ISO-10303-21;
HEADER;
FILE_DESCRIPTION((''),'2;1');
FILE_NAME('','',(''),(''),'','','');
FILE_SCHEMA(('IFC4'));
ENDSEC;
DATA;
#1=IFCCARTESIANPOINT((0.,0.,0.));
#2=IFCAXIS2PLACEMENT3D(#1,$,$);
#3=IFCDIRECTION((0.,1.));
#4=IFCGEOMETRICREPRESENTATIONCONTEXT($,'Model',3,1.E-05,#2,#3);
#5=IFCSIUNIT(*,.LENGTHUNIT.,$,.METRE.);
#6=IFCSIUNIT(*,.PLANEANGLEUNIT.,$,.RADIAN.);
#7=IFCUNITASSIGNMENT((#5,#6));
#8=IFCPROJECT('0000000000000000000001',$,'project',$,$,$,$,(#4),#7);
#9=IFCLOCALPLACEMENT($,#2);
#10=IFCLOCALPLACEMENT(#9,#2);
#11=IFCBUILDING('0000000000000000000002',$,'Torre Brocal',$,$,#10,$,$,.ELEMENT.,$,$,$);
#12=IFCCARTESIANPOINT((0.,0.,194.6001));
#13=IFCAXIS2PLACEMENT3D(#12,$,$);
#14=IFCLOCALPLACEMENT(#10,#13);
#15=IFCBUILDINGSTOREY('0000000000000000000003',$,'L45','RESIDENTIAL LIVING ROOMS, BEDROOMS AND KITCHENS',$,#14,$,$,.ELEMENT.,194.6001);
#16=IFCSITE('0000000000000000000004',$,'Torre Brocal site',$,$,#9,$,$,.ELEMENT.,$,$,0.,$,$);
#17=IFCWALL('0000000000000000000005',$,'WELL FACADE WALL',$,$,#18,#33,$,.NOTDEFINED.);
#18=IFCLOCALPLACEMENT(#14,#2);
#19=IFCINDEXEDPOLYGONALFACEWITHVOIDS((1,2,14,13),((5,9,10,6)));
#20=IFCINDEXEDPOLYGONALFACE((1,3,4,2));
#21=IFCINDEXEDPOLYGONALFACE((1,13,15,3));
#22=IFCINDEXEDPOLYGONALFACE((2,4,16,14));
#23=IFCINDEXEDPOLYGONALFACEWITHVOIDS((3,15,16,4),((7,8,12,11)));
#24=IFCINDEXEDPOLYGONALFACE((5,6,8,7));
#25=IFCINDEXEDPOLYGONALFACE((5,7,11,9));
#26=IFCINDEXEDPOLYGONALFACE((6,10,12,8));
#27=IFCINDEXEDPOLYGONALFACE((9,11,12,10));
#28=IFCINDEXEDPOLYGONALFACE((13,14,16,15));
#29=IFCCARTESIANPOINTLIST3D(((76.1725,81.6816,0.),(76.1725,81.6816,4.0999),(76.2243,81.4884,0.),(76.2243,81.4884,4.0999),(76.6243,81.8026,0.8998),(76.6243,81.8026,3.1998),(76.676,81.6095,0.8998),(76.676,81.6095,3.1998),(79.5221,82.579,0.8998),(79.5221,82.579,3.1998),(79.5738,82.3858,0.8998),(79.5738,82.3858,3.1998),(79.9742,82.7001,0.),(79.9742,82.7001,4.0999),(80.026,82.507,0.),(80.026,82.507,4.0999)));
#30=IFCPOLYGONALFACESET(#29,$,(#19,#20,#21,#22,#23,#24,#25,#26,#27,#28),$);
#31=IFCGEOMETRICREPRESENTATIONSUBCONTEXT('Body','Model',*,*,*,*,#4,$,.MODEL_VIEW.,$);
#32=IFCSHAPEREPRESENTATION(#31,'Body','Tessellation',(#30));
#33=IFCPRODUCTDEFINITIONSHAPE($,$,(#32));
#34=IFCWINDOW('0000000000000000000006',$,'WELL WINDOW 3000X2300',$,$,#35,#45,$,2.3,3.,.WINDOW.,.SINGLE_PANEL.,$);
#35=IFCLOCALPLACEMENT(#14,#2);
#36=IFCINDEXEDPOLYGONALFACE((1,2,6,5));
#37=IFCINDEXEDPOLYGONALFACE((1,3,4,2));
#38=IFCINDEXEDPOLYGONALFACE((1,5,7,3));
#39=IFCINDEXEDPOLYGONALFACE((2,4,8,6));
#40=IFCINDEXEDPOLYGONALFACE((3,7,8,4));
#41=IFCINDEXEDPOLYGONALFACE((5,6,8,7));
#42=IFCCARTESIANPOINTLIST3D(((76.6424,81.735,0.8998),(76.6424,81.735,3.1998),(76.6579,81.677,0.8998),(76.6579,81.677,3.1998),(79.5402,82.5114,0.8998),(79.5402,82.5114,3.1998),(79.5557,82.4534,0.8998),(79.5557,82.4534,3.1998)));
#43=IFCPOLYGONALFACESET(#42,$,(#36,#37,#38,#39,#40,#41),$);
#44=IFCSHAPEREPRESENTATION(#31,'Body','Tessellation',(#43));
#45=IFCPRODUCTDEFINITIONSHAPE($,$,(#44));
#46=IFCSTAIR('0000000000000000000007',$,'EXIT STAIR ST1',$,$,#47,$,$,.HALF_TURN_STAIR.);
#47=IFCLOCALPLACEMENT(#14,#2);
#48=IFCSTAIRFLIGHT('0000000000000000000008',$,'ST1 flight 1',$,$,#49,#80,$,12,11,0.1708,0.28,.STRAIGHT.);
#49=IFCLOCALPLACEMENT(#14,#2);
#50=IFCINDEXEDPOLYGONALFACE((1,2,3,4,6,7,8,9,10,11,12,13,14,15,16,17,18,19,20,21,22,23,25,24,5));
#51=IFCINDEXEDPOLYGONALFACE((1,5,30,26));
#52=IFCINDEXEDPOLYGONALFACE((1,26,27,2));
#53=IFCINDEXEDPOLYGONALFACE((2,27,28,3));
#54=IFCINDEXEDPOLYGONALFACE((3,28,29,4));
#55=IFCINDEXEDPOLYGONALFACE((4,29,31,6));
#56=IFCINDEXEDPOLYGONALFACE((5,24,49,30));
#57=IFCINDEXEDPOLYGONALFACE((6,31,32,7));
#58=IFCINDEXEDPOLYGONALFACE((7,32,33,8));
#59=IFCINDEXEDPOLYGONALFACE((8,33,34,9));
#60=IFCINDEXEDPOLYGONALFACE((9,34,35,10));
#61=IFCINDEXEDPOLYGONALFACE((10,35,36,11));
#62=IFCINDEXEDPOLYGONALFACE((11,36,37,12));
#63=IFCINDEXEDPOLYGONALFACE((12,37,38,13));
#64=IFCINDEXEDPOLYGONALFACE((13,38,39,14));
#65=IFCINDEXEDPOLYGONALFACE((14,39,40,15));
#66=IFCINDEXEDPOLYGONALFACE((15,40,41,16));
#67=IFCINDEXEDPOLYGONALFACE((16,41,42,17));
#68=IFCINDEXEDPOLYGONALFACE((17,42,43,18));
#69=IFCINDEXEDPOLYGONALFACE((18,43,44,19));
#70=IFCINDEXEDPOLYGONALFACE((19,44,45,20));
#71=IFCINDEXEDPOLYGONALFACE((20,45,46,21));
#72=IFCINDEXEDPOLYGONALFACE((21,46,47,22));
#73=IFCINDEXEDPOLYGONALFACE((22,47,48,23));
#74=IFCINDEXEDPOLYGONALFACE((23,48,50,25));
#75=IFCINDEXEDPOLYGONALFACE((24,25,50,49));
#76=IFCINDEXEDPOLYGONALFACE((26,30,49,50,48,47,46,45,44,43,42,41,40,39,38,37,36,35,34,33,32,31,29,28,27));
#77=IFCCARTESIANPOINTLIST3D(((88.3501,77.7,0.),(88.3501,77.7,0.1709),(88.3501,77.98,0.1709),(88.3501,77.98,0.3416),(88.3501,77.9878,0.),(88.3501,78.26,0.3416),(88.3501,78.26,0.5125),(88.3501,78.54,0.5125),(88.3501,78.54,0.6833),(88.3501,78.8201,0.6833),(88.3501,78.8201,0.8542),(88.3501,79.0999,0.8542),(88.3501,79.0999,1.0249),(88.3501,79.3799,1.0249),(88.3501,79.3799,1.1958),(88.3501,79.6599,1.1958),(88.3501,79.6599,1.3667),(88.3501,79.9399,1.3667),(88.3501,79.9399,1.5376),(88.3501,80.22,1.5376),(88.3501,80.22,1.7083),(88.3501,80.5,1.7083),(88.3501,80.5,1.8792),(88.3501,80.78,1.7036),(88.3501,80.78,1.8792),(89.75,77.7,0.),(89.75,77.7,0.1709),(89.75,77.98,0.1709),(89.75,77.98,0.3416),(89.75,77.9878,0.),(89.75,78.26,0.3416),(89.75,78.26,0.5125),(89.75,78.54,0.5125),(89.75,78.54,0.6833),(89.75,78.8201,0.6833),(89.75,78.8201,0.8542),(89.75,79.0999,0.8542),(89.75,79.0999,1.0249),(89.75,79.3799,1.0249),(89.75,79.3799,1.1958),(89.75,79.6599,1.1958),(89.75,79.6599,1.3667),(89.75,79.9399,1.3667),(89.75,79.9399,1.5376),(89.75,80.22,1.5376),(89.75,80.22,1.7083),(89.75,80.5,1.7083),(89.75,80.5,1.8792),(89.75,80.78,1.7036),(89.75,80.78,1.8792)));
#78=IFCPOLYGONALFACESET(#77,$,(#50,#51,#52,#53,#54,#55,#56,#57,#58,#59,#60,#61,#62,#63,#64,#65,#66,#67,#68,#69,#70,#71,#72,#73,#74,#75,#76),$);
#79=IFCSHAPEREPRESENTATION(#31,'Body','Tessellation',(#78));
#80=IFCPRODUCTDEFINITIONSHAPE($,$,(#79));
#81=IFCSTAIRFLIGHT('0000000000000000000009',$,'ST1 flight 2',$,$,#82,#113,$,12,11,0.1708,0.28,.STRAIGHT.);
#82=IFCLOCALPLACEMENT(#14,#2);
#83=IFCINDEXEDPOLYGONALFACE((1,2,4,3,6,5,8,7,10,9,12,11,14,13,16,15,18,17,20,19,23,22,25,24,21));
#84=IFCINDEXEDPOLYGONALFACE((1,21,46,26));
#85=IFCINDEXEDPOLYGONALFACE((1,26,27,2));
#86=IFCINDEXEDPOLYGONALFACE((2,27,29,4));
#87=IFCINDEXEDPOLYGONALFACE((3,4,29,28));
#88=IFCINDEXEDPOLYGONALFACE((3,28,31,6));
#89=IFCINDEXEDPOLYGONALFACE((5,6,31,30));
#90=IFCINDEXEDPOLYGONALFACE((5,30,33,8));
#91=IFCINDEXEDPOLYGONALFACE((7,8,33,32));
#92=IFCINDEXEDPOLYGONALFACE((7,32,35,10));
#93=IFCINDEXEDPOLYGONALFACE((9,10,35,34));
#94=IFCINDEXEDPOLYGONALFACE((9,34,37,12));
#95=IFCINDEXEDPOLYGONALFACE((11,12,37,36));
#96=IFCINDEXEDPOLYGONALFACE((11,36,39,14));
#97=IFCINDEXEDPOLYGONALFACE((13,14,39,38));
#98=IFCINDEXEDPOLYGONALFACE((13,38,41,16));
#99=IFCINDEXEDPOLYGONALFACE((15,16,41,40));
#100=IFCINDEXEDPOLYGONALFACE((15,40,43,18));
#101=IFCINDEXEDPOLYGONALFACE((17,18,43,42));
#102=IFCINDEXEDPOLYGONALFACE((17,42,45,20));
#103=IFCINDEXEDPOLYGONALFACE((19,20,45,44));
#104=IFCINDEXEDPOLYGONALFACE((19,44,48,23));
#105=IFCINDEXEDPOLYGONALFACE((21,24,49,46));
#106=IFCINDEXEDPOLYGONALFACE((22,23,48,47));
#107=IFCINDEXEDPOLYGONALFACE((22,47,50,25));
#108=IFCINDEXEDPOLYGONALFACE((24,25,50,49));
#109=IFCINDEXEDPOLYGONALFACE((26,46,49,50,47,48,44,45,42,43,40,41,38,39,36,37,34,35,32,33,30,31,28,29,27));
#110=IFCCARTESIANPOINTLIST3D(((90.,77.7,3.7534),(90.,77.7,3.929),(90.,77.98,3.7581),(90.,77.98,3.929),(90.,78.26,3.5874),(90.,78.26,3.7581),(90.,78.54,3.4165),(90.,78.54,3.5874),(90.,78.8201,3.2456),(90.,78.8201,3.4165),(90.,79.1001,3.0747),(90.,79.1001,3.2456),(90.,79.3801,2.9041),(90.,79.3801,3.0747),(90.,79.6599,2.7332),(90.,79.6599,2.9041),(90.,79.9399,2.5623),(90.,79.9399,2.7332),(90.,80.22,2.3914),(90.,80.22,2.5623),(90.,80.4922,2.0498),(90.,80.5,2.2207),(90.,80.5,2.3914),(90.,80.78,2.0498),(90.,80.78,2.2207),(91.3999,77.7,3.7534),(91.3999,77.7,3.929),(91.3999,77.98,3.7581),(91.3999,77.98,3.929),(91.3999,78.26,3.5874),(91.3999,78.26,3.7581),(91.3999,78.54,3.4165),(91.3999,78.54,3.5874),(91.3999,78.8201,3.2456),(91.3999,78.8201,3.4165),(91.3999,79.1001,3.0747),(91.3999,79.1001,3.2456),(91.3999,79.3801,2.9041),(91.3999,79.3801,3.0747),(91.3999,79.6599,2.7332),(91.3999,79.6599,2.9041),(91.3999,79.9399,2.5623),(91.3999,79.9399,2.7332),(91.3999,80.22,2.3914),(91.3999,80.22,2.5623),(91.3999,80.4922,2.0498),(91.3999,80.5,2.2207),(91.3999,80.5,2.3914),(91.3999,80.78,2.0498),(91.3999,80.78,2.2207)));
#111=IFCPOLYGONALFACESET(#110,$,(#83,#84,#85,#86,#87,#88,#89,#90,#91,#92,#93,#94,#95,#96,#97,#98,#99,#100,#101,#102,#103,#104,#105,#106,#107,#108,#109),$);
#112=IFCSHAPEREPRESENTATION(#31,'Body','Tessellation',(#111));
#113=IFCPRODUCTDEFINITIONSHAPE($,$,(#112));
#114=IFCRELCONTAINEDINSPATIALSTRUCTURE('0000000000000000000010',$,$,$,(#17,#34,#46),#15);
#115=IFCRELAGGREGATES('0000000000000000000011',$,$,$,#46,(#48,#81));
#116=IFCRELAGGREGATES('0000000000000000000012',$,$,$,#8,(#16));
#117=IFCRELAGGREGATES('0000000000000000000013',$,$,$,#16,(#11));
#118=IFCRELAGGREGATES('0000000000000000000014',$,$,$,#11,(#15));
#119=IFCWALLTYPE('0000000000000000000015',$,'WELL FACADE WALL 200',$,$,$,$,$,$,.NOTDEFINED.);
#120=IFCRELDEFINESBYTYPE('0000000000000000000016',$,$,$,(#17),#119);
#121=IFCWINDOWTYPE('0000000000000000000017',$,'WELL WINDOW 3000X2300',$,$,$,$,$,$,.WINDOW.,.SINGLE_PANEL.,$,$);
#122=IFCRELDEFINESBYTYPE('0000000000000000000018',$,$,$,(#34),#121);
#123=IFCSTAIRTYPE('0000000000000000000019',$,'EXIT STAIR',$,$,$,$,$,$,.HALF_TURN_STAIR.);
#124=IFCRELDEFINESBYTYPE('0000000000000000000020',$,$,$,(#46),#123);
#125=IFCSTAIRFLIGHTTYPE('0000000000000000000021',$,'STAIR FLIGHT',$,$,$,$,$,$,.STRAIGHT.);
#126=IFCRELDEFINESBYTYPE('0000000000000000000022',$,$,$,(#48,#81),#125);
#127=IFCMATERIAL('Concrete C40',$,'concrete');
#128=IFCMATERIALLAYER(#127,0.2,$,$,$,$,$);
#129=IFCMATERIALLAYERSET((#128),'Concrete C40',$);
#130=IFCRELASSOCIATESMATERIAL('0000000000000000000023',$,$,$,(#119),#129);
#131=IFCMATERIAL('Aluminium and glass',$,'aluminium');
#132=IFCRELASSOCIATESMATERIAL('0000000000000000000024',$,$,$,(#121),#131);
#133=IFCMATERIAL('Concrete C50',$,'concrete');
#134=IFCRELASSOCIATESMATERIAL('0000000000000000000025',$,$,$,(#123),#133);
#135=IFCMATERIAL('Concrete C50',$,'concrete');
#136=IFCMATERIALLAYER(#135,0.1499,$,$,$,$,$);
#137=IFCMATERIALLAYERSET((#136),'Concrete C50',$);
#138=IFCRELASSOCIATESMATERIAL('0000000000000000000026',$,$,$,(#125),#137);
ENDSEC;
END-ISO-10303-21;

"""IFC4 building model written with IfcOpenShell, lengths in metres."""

from ifc_helpers import new_model, si_unit, direction, frame, frame_2d, origin, place, context, subcontext, project, spatial, polyline, rectangle, outline, extrude, material, layer, layer_set, type_object, element, fill, aggregate, save


model = new_model("IFC4")

# Units and contexts
model_context = context("Model", 3, precision=1e-05, world=origin(), true_north=direction((0.0, 1.0)))
body_context = subcontext(model_context, "Body", "Model", "MODEL_VIEW")
ifc_project = project(units=[si_unit("LENGTHUNIT", "METRE"), si_unit("PLANEANGLEUNIT", "RADIAN")], contexts=[model_context])

# Site, building, storey
site_placement = place(None, origin())
site = spatial("IfcSite", under=ifc_project, at=site_placement, Name="Torre Brocal site", CompositionType="ELEMENT", RefElevation=0.0)
building_placement = place(site_placement, origin())
building = spatial("IfcBuilding", under=site, at=building_placement, Name="Torre Brocal", CompositionType="ELEMENT")
storey_placement = place(building_placement, frame((0.0, 0.0, 194.6001)))
storey = spatial("IfcBuildingStorey", under=building, at=storey_placement, Name="L45", Description="RESIDENTIAL LIVING ROOMS, BEDROOMS AND KITCHENS", CompositionType="ELEMENT", Elevation=194.6001)

# Wall, opening, window
ifc_material_1 = material(Name="Concrete C40", Category="concrete")
ifc_layer_1 = layer(ifc_material_1, 0.2)
ifc_layer_set_1 = layer_set([ifc_layer_1], Name="Concrete C40")
wall_type_1 = type_object("IfcWallType", Name="WELL FACADE WALL 200", PredefinedType="NOTDEFINED", material=ifc_layer_set_1)
ifc_material_2 = material(Name="Aluminium and glass", Category="aluminium")
window_type = type_object("IfcWindowType", Name="WELL WINDOW 3000X2300", PartitioningType="SINGLE_PANEL", PredefinedType="WINDOW", material=ifc_material_2)
wall_1_placement = place(storey_placement, frame((80.0, 82.6035, 0.0), z_axis=(0.0, 0.0, 1.0), x_axis=(-0.965934, -0.25879, 0.0)))
wall_1 = element("IfcWall", 1, at=wall_1_placement, inside=storey, type_object=wall_type_1, Name="WELL FACADE WALL", PredefinedType="NOTDEFINED", context=body_context, shape_type="SweptSolid", body=[
    extrude(rectangle(XDim=3.9358, YDim=0.2, at=frame_2d((1.9678, 0.0))), origin(), (0.0, 0.0, 1.0), 4.0999),
])
opening_1_placement = place(wall_1_placement, frame((0.468, 0.0, 0.8999)))
opening_1 = element("IfcOpeningElement", 2, at=opening_1_placement, cuts=wall_1, PredefinedType="OPENING", context=body_context, shape_type="SweptSolid", body=[
    extrude(rectangle(XDim=3.0, YDim=2.3, at=frame_2d((1.5, 1.1499))), frame((0.0, 0.1099, 0.0), z_axis=(0.0, -1.0, 0.0), x_axis=(1.0, 0.0, 0.0)), (0.0, 0.0, 1.0), 0.22),
])
window_1_placement = place(opening_1_placement, origin())
window_1 = element("IfcWindow", 3, at=window_1_placement, inside=storey, type_object=window_type, Name="WELL WINDOW 3000X2300", OverallHeight=2.3, OverallWidth=3.0, PartitioningType="SINGLE_PANEL", PredefinedType="WINDOW", context=body_context, shape_type="SweptSolid", body=[
    extrude(rectangle(XDim=3.0, YDim=2.3, at=frame_2d((1.5, 1.1499))), frame((0.0, 0.03, 0.0), z_axis=(0.0, -1.0, 0.0), x_axis=(1.0, 0.0, 0.0)), (0.0, 0.0, 1.0), 0.0601),
])
fill(opening_1, window_1)

# Stair, stair flights
ifc_material_3 = material(Name="Concrete C50", Category="concrete")
stair_type = type_object("IfcStairType", Name="EXIT STAIR", PredefinedType="HALF_TURN_STAIR", material=ifc_material_3)
stair_placement = place(storey_placement, origin())
stair = element("IfcStair", 4, at=stair_placement, inside=storey, type_object=stair_type, Name="EXIT STAIR ST1", PredefinedType="HALF_TURN_STAIR")
ifc_material_4 = material(Name="Concrete C50", Category="concrete")
ifc_layer_2 = layer(ifc_material_4, 0.1499)
ifc_layer_set_2 = layer_set([ifc_layer_2], Name="Concrete C50")
stair_flight_type = type_object("IfcStairFlightType", Name="STAIR FLIGHT", PredefinedType="STRAIGHT", material=ifc_layer_set_2)
stair_flight_1_placement = place(storey_placement, frame((89.05, 77.7, 0.0), z_axis=(0.0, 0.0, 1.0), x_axis=(0.0, 1.0, 0.0)))
stair_flight_1 = element("IfcStairFlight", 5, at=stair_flight_1_placement, type_object=stair_flight_type, Name="ST1 flight 1", NumberOfRisers=12, NumberOfTreads=11, PredefinedType="STRAIGHT", RiserHeight=0.1708, TreadLength=0.28, context=body_context, shape_type="SweptSolid", body=[
    extrude(outline(polyline([(0.0, 0.0), (0.0, 0.1709), (0.28, 0.1709), (0.28, 0.3416), (0.5601, 0.3416), (0.5601, 0.5125), (0.8401, 0.5125), (0.8401, 0.6833), (1.1201, 0.6833), (1.1201, 0.8542), (1.3999, 0.8542), (1.3999, 1.0249), (1.6799, 1.0249), (1.6799, 1.1958), (1.96, 1.1958), (1.96, 1.3667), (2.24, 1.3667), (2.24, 1.5376), (2.52, 1.5376), (2.52, 1.7083), (2.8, 1.7083), (2.8, 1.8792), (3.0801, 1.8792), (3.0801, 2.05), (3.0801, 1.7036), (0.2878, 0.0), (0.0, 0.0)])), frame((0.0, 0.7, 0.0), z_axis=(0.0, -1.0, 0.0), x_axis=(1.0, 0.0, 0.0)), (0.0, 0.0, 1.0), 1.3999),
])
stair_flight_2_placement = place(storey_placement, frame((90.7, 80.78, 2.0498), z_axis=(0.0, 0.0, 1.0), x_axis=(0.0, -1.0, 0.0)))
stair_flight_2 = element("IfcStairFlight", 6, at=stair_flight_2_placement, type_object=stair_flight_type, Name="ST1 flight 2", NumberOfRisers=12, NumberOfTreads=11, PredefinedType="STRAIGHT", RiserHeight=0.1708, TreadLength=0.28, context=body_context, shape_type="SweptSolid", body=[
    extrude(outline(polyline([(0.0, 0.0), (0.0, 0.1709), (0.28, 0.1709), (0.28, 0.3416), (0.5601, 0.3416), (0.5601, 0.5125), (0.8401, 0.5125), (0.8401, 0.6833), (1.1201, 0.6833), (1.1201, 0.8542), (1.3999, 0.8542), (1.3999, 1.0249), (1.6799, 1.0249), (1.6799, 1.1958), (1.96, 1.1958), (1.96, 1.3667), (2.24, 1.3667), (2.24, 1.5376), (2.52, 1.5376), (2.52, 1.7083), (2.8, 1.7083), (2.8, 1.8792), (3.0801, 1.8792), (3.0801, 2.05), (3.0801, 1.7036), (0.2878, 0.0), (0.0, 0.0)])), frame((0.0, 0.7, 0.0), z_axis=(0.0, -1.0, 0.0), x_axis=(1.0, 0.0, 0.0)), (0.0, 0.0, 1.0), 1.3999),
])
aggregate(stair, [stair_flight_1, stair_flight_2])

save(model, "model.ifc")
